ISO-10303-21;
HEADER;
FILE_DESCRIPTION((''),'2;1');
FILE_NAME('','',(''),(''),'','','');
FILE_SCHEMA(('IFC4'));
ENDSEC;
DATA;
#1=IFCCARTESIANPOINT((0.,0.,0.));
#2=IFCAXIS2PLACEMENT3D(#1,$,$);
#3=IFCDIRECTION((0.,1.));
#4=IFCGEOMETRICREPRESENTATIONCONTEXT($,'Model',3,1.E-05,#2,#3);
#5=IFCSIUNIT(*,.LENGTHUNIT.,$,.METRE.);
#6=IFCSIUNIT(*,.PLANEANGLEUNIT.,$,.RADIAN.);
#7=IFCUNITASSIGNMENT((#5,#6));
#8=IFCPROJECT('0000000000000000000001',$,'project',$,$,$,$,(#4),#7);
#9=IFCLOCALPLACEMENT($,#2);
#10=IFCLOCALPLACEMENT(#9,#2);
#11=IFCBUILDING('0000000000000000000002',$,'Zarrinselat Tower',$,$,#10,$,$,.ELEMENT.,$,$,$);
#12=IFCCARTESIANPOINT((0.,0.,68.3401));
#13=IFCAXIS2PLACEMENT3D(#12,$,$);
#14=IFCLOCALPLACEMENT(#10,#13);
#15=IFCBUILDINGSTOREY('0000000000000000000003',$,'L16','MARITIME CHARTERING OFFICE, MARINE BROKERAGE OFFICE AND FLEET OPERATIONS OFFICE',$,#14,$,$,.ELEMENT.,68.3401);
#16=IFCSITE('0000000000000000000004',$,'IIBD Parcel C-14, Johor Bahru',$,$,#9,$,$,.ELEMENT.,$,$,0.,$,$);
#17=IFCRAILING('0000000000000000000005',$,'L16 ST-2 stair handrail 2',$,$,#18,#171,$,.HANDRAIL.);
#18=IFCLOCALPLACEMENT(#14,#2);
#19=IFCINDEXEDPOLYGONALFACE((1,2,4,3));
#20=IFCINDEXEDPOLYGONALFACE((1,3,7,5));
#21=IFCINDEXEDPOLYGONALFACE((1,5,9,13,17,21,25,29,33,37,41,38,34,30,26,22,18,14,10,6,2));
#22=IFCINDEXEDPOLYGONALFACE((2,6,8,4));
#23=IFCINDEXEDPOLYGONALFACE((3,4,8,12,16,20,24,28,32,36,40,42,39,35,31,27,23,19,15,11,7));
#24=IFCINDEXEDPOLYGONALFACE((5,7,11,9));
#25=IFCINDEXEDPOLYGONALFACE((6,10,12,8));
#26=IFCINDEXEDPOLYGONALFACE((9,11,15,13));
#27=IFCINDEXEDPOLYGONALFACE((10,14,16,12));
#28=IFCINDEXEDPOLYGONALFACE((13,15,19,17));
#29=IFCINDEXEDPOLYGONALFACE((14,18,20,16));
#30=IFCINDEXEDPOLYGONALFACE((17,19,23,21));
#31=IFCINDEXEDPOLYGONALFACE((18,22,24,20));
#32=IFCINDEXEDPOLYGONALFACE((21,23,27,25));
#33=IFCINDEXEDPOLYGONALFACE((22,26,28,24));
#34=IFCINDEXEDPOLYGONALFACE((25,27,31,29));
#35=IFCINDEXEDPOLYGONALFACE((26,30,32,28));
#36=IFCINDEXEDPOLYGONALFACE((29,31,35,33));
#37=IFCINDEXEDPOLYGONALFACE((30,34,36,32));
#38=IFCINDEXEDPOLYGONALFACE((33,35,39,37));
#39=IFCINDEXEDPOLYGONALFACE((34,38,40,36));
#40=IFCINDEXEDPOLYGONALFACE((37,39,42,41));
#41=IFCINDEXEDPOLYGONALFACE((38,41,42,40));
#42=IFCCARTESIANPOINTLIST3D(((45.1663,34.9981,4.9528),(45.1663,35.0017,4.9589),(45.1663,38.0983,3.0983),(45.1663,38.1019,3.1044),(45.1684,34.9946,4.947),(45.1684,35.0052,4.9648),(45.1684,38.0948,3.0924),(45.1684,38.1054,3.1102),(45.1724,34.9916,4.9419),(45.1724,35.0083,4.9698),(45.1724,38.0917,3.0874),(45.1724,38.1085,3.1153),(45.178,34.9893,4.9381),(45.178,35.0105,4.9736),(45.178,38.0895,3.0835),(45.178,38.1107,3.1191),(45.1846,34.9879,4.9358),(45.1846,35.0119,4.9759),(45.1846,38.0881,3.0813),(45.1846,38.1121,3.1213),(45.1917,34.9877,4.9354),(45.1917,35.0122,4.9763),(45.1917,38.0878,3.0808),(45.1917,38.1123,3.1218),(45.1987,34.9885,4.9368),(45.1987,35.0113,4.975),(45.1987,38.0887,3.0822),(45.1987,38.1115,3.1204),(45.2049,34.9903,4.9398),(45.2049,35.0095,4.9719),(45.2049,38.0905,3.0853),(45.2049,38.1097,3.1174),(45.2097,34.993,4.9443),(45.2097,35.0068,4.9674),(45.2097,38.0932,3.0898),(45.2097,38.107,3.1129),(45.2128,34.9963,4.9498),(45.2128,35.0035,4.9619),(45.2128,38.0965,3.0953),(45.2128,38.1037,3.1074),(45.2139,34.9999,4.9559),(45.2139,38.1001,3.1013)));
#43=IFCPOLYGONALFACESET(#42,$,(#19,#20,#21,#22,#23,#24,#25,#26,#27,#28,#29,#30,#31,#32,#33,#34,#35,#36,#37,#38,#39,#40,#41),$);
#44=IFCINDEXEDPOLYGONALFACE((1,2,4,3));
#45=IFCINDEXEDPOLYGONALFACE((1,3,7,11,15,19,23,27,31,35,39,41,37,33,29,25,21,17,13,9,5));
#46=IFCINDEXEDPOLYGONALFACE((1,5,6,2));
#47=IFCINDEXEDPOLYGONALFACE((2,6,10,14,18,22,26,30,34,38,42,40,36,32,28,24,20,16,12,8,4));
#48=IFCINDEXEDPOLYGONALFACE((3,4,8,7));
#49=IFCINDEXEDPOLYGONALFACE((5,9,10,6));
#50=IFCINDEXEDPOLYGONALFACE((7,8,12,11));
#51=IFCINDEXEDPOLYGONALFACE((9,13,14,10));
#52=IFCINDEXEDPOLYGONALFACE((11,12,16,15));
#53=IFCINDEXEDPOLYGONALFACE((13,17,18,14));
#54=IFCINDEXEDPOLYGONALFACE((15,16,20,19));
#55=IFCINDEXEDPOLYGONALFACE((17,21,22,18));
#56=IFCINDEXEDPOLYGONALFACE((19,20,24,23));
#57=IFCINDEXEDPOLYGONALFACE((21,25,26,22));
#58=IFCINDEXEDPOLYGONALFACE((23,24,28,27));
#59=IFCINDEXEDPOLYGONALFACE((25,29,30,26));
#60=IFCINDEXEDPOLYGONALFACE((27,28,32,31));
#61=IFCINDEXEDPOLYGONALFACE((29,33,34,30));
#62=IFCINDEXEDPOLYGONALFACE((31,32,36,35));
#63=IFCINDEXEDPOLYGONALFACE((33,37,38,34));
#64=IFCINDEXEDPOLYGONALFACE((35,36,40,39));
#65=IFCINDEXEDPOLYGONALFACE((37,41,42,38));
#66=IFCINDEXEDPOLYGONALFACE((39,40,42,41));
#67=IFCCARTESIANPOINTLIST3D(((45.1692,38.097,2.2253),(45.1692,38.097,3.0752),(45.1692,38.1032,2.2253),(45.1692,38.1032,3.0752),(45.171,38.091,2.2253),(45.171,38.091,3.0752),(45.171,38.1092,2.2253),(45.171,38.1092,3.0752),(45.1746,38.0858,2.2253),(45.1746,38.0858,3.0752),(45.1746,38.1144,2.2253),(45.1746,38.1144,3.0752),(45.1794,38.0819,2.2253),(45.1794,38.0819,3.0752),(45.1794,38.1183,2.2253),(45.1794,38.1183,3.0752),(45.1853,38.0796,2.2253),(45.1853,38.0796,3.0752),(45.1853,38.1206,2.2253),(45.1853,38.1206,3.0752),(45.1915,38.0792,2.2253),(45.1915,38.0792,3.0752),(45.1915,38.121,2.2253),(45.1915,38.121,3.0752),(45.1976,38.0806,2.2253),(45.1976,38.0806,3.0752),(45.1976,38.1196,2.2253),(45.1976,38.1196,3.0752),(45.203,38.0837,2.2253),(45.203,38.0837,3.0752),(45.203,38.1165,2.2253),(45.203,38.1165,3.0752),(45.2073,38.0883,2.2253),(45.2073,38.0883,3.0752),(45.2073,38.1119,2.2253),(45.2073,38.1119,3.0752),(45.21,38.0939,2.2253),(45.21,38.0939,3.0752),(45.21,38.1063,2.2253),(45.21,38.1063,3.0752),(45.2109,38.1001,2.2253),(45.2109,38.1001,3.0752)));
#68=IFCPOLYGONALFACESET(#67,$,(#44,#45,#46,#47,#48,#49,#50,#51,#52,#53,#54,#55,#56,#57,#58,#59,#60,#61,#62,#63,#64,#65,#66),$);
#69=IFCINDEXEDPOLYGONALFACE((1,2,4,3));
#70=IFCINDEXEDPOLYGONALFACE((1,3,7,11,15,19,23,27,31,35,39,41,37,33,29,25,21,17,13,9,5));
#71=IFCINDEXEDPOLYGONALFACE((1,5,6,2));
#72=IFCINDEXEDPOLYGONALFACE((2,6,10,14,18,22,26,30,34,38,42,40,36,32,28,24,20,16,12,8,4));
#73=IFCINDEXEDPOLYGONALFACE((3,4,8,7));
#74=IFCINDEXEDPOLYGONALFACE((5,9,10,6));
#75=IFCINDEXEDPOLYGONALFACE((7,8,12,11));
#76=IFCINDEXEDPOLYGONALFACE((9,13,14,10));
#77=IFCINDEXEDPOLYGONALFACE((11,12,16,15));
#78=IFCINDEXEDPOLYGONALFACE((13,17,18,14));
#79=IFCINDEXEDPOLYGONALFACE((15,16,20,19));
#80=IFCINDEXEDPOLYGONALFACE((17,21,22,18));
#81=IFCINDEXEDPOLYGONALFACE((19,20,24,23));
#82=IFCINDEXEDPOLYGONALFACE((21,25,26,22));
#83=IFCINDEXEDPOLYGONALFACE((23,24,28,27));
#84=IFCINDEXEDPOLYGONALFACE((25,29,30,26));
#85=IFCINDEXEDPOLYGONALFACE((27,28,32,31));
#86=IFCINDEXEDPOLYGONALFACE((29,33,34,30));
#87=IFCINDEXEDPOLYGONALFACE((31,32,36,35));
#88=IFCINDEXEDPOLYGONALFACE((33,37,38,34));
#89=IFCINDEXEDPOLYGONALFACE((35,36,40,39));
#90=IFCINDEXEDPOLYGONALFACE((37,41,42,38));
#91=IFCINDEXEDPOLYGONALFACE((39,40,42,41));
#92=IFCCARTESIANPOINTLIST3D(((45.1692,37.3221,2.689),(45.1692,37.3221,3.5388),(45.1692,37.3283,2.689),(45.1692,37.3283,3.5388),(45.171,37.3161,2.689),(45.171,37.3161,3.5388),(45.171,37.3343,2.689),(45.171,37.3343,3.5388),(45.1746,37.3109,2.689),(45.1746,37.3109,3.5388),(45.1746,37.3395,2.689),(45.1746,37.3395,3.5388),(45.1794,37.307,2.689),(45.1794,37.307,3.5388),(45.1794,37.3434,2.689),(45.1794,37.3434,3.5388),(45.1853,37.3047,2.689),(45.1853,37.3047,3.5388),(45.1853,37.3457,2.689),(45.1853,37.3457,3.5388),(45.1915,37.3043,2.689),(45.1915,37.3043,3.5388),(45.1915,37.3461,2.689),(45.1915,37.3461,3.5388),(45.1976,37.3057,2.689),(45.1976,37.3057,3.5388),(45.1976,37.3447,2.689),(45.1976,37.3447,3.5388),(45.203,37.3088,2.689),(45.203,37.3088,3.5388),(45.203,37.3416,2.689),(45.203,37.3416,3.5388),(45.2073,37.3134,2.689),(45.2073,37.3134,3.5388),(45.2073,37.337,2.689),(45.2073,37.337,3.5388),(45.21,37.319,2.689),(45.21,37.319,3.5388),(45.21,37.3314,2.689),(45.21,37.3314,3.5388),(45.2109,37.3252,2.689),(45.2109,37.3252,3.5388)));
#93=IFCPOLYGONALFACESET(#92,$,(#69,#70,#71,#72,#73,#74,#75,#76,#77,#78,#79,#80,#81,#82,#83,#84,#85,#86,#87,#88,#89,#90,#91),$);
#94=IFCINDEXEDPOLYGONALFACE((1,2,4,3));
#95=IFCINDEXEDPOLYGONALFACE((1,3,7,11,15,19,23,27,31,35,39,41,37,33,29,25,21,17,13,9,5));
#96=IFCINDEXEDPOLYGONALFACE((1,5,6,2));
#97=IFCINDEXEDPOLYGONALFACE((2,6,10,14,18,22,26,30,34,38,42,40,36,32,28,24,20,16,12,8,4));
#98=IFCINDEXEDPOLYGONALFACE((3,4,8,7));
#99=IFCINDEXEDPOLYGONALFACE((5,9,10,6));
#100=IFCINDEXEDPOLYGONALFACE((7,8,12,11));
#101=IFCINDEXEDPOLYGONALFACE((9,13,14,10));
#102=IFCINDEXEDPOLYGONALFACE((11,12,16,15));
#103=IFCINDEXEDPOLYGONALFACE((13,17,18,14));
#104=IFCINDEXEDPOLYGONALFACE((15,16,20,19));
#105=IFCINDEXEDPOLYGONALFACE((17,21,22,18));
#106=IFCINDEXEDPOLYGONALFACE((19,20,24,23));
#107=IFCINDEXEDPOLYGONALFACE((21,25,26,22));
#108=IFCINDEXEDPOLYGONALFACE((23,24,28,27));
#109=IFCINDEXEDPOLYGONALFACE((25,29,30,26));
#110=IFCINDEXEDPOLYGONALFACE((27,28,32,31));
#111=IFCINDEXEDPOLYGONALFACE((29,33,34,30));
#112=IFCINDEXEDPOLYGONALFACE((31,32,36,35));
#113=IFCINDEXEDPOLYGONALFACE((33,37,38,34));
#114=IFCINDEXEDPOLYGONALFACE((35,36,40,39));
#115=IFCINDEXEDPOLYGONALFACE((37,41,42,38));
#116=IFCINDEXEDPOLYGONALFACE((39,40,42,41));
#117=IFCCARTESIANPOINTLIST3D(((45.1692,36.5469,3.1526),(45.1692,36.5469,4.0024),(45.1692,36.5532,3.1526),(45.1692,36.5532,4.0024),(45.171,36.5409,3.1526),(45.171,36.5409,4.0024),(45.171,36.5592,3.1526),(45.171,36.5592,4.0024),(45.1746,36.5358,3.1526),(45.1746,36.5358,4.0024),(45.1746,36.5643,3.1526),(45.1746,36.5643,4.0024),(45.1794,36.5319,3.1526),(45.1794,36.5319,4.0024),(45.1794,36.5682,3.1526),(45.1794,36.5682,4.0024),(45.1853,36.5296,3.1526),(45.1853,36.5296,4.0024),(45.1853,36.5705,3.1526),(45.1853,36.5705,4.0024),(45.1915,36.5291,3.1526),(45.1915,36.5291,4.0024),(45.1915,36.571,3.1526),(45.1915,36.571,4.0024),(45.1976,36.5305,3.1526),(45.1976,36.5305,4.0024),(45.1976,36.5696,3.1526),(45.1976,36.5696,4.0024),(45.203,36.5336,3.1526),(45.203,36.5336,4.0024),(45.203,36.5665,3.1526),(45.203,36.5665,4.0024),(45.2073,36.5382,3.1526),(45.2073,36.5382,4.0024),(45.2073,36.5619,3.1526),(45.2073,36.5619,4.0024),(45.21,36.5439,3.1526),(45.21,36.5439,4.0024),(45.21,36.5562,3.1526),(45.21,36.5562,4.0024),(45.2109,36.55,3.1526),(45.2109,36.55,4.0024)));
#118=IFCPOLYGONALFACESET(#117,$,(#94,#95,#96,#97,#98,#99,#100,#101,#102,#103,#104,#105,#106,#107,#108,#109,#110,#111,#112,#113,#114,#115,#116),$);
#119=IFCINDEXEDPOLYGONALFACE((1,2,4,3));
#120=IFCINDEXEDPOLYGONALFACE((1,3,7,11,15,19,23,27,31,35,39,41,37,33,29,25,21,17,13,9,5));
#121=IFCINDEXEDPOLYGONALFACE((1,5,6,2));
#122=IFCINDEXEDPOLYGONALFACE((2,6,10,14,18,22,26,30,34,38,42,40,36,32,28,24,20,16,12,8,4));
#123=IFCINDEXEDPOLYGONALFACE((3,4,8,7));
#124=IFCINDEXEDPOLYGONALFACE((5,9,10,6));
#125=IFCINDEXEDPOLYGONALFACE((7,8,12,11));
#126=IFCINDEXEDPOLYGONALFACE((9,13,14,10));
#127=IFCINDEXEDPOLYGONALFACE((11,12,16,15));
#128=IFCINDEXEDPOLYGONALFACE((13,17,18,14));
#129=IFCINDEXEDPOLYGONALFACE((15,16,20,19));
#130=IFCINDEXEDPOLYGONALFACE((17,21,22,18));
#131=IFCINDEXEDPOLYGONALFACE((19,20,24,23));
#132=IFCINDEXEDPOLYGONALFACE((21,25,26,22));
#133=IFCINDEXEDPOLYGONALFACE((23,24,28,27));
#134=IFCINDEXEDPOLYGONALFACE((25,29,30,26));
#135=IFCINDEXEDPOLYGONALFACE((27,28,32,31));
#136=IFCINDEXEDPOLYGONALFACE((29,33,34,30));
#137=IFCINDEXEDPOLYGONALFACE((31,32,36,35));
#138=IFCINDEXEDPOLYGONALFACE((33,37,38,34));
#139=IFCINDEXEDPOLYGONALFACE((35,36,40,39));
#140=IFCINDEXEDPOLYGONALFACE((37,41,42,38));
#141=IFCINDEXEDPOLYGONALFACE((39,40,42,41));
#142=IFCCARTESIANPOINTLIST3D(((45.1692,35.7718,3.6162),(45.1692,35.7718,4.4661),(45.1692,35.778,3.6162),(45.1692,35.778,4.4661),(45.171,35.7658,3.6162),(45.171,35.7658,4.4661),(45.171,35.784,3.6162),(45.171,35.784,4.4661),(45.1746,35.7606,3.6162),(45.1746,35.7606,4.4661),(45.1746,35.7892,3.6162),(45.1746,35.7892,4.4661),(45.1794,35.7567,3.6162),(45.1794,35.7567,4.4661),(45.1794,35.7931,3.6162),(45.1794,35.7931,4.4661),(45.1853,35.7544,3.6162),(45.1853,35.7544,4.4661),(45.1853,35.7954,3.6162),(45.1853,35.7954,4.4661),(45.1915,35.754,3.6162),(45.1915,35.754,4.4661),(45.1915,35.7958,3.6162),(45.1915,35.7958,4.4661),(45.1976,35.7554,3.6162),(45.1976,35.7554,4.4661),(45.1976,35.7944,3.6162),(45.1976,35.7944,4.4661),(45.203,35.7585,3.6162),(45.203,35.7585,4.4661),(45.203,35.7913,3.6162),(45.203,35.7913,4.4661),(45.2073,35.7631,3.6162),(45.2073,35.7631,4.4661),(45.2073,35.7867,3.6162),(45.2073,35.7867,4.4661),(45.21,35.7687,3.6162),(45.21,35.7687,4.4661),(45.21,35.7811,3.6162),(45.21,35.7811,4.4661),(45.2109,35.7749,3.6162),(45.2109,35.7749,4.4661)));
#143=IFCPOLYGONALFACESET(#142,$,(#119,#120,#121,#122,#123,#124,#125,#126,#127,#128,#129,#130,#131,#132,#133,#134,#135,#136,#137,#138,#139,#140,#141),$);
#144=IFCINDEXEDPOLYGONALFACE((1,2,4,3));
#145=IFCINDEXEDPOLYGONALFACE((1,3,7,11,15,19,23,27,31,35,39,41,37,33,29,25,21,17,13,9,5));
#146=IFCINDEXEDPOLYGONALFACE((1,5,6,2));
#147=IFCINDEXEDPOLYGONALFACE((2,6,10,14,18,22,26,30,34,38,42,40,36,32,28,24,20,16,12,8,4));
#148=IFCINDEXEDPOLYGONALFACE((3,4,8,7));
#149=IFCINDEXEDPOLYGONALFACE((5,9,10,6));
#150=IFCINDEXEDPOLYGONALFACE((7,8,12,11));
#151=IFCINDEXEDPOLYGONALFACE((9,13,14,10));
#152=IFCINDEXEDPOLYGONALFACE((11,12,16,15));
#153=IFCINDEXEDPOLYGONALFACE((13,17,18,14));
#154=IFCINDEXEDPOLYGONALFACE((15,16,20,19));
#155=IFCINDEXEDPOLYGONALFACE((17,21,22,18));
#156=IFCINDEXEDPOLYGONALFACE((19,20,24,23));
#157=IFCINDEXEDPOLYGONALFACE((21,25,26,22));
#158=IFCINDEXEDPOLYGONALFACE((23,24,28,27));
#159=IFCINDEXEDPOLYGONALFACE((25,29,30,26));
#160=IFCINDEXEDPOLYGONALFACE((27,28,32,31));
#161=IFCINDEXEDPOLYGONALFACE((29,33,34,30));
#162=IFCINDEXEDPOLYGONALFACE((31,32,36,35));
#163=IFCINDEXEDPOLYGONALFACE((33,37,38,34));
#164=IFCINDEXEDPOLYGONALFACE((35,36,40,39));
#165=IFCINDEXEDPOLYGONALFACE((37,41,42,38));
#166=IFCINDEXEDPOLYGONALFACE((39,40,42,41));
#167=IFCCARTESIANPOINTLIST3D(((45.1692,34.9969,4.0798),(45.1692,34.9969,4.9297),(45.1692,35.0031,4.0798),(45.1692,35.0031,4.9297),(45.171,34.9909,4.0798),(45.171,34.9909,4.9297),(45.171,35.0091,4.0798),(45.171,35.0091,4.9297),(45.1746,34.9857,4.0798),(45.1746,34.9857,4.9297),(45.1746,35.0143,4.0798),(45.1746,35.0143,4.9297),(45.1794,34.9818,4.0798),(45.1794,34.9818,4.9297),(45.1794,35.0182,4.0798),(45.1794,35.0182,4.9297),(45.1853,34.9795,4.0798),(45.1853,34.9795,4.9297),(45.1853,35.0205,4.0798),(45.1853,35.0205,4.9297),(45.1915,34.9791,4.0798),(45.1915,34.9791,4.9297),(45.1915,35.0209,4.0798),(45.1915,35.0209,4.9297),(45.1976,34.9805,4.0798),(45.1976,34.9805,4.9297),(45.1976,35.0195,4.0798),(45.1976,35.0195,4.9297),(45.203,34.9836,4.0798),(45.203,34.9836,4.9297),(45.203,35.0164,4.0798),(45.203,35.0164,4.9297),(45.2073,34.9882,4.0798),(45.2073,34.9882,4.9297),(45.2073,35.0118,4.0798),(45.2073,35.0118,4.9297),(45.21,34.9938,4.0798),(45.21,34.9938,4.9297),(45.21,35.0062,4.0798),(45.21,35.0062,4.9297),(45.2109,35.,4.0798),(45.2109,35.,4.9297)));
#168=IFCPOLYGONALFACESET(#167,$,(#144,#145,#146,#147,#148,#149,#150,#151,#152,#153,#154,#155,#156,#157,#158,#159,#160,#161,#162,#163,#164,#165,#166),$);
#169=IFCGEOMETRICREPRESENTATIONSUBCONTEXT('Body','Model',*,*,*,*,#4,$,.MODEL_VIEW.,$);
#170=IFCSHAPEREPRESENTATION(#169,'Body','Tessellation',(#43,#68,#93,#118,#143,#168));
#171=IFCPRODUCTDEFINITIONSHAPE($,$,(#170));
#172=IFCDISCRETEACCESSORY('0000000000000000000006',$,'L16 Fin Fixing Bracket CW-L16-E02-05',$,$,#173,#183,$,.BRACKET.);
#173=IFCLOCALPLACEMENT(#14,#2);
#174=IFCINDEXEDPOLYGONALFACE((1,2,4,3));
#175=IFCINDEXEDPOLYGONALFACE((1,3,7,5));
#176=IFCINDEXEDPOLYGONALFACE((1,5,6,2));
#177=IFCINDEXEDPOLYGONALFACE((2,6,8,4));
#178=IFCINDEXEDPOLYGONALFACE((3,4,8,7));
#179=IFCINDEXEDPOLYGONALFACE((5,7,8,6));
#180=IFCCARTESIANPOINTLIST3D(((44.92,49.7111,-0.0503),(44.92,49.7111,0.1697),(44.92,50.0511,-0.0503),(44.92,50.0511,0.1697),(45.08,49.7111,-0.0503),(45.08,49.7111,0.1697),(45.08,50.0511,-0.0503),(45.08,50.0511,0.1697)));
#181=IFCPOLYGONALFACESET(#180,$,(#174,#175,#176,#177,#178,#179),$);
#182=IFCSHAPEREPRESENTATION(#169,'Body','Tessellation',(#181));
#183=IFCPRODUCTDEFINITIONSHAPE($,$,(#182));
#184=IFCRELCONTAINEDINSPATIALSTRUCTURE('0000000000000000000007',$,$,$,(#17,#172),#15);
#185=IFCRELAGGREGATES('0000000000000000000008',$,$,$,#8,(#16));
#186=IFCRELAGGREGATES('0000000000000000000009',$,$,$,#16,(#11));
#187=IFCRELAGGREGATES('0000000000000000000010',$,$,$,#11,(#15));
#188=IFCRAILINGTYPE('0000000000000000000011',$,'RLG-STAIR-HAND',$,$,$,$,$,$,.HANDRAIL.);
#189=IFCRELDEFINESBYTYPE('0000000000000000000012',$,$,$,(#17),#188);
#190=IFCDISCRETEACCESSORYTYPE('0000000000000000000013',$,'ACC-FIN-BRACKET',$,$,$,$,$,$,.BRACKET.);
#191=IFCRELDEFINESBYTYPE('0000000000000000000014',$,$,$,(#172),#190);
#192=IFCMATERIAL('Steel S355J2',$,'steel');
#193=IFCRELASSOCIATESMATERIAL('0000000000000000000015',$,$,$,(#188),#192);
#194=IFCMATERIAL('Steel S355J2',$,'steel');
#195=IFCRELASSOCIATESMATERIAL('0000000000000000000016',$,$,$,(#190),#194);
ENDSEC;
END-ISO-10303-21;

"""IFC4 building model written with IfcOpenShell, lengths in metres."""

from ifc_helpers import new_model, si_unit, direction, frame, origin, origin_2d, place, context, subcontext, project, spatial, rectangle, circle, extrude, material, type_object, element, save


model = new_model("IFC4")

# Units and contexts
model_context = context("Model", 3, precision=1e-05, world=origin(), true_north=direction((0.0, 1.0)))
body_context = subcontext(model_context, "Body", "Model", "MODEL_VIEW")
ifc_project = project(units=[si_unit("LENGTHUNIT", "METRE"), si_unit("PLANEANGLEUNIT", "RADIAN")], contexts=[model_context])

# Site, building, storey
site_placement = place(None, origin())
site = spatial("IfcSite", under=ifc_project, at=site_placement, Name="IIBD Parcel C-14, Johor Bahru", CompositionType="ELEMENT", RefElevation=0.0)
building_placement = place(site_placement, origin())
building = spatial("IfcBuilding", under=site, at=building_placement, Name="Zarrinselat Tower", CompositionType="ELEMENT")
storey_placement = place(building_placement, frame((0.0, 0.0, 68.3401)))
storey = spatial("IfcBuildingStorey", under=building, at=storey_placement, Name="L16", Description="MARITIME CHARTERING OFFICE, MARINE BROKERAGE OFFICE AND FLEET OPERATIONS OFFICE", CompositionType="ELEMENT", Elevation=68.3401)

# Railing
ifc_material_1 = material(Name="Steel S355J2", Category="steel")
railing_type_1 = type_object("IfcRailingType", Name="RLG-STAIR-HAND", PredefinedType="HANDRAIL", material=ifc_material_1)
railing_1_placement = place(storey_placement, frame((45.1899, 38.1001, 2.2253)))
element("IfcRailing", 1, at=railing_1_placement, inside=storey, type_object=railing_type_1, Name="L16 ST-2 stair handrail 2", PredefinedType="HANDRAIL", context=body_context, shape_type="SweptSolid", body=[
    extrude(circle(Radius=0.0239, at=origin_2d()), frame((0.0, 0.0, 0.876), z_axis=(0.0, -0.858172, 0.513362), x_axis=(1.0, 0.0, 0.0)), (0.0, 0.0, 1.0), 3.6125),
    extrude(circle(Radius=0.021, at=origin_2d()), origin(), (0.0, 0.0, 1.0), 0.8499),
    extrude(circle(Radius=0.021, at=origin_2d()), frame((0.0, -0.7749, 0.4636)), (0.0, 0.0, 1.0), 0.8499),
    extrude(circle(Radius=0.021, at=origin_2d()), frame((0.0, -1.55, 0.9272)), (0.0, 0.0, 1.0), 0.8499),
    extrude(circle(Radius=0.021, at=origin_2d()), frame((0.0, -2.3252, 1.3909)), (0.0, 0.0, 1.0), 0.8499),
    extrude(circle(Radius=0.021, at=origin_2d()), frame((0.0, -3.1001, 1.8545)), (0.0, 0.0, 1.0), 0.8499),
])

# Discrete accessory
ifc_material_2 = material(Name="Steel S355J2", Category="steel")
discrete_accessory_type = type_object("IfcDiscreteAccessoryType", Name="ACC-FIN-BRACKET", PredefinedType="BRACKET", material=ifc_material_2)
discrete_accessory_placement = place(storey_placement, frame((45.0, 49.8811, -0.0503), z_axis=(0.0, 0.0, 1.0), x_axis=(0.0, 1.0, 0.0)))
element("IfcDiscreteAccessory", 2, at=discrete_accessory_placement, inside=storey, type_object=discrete_accessory_type, Name="L16 Fin Fixing Bracket CW-L16-E02-05", PredefinedType="BRACKET", context=body_context, shape_type="SweptSolid", body=[
    extrude(rectangle(XDim=0.3401, YDim=0.1599, at=origin_2d()), origin(), (0.0, 0.0, 1.0), 0.22),
])

save(model, "model.ifc")
